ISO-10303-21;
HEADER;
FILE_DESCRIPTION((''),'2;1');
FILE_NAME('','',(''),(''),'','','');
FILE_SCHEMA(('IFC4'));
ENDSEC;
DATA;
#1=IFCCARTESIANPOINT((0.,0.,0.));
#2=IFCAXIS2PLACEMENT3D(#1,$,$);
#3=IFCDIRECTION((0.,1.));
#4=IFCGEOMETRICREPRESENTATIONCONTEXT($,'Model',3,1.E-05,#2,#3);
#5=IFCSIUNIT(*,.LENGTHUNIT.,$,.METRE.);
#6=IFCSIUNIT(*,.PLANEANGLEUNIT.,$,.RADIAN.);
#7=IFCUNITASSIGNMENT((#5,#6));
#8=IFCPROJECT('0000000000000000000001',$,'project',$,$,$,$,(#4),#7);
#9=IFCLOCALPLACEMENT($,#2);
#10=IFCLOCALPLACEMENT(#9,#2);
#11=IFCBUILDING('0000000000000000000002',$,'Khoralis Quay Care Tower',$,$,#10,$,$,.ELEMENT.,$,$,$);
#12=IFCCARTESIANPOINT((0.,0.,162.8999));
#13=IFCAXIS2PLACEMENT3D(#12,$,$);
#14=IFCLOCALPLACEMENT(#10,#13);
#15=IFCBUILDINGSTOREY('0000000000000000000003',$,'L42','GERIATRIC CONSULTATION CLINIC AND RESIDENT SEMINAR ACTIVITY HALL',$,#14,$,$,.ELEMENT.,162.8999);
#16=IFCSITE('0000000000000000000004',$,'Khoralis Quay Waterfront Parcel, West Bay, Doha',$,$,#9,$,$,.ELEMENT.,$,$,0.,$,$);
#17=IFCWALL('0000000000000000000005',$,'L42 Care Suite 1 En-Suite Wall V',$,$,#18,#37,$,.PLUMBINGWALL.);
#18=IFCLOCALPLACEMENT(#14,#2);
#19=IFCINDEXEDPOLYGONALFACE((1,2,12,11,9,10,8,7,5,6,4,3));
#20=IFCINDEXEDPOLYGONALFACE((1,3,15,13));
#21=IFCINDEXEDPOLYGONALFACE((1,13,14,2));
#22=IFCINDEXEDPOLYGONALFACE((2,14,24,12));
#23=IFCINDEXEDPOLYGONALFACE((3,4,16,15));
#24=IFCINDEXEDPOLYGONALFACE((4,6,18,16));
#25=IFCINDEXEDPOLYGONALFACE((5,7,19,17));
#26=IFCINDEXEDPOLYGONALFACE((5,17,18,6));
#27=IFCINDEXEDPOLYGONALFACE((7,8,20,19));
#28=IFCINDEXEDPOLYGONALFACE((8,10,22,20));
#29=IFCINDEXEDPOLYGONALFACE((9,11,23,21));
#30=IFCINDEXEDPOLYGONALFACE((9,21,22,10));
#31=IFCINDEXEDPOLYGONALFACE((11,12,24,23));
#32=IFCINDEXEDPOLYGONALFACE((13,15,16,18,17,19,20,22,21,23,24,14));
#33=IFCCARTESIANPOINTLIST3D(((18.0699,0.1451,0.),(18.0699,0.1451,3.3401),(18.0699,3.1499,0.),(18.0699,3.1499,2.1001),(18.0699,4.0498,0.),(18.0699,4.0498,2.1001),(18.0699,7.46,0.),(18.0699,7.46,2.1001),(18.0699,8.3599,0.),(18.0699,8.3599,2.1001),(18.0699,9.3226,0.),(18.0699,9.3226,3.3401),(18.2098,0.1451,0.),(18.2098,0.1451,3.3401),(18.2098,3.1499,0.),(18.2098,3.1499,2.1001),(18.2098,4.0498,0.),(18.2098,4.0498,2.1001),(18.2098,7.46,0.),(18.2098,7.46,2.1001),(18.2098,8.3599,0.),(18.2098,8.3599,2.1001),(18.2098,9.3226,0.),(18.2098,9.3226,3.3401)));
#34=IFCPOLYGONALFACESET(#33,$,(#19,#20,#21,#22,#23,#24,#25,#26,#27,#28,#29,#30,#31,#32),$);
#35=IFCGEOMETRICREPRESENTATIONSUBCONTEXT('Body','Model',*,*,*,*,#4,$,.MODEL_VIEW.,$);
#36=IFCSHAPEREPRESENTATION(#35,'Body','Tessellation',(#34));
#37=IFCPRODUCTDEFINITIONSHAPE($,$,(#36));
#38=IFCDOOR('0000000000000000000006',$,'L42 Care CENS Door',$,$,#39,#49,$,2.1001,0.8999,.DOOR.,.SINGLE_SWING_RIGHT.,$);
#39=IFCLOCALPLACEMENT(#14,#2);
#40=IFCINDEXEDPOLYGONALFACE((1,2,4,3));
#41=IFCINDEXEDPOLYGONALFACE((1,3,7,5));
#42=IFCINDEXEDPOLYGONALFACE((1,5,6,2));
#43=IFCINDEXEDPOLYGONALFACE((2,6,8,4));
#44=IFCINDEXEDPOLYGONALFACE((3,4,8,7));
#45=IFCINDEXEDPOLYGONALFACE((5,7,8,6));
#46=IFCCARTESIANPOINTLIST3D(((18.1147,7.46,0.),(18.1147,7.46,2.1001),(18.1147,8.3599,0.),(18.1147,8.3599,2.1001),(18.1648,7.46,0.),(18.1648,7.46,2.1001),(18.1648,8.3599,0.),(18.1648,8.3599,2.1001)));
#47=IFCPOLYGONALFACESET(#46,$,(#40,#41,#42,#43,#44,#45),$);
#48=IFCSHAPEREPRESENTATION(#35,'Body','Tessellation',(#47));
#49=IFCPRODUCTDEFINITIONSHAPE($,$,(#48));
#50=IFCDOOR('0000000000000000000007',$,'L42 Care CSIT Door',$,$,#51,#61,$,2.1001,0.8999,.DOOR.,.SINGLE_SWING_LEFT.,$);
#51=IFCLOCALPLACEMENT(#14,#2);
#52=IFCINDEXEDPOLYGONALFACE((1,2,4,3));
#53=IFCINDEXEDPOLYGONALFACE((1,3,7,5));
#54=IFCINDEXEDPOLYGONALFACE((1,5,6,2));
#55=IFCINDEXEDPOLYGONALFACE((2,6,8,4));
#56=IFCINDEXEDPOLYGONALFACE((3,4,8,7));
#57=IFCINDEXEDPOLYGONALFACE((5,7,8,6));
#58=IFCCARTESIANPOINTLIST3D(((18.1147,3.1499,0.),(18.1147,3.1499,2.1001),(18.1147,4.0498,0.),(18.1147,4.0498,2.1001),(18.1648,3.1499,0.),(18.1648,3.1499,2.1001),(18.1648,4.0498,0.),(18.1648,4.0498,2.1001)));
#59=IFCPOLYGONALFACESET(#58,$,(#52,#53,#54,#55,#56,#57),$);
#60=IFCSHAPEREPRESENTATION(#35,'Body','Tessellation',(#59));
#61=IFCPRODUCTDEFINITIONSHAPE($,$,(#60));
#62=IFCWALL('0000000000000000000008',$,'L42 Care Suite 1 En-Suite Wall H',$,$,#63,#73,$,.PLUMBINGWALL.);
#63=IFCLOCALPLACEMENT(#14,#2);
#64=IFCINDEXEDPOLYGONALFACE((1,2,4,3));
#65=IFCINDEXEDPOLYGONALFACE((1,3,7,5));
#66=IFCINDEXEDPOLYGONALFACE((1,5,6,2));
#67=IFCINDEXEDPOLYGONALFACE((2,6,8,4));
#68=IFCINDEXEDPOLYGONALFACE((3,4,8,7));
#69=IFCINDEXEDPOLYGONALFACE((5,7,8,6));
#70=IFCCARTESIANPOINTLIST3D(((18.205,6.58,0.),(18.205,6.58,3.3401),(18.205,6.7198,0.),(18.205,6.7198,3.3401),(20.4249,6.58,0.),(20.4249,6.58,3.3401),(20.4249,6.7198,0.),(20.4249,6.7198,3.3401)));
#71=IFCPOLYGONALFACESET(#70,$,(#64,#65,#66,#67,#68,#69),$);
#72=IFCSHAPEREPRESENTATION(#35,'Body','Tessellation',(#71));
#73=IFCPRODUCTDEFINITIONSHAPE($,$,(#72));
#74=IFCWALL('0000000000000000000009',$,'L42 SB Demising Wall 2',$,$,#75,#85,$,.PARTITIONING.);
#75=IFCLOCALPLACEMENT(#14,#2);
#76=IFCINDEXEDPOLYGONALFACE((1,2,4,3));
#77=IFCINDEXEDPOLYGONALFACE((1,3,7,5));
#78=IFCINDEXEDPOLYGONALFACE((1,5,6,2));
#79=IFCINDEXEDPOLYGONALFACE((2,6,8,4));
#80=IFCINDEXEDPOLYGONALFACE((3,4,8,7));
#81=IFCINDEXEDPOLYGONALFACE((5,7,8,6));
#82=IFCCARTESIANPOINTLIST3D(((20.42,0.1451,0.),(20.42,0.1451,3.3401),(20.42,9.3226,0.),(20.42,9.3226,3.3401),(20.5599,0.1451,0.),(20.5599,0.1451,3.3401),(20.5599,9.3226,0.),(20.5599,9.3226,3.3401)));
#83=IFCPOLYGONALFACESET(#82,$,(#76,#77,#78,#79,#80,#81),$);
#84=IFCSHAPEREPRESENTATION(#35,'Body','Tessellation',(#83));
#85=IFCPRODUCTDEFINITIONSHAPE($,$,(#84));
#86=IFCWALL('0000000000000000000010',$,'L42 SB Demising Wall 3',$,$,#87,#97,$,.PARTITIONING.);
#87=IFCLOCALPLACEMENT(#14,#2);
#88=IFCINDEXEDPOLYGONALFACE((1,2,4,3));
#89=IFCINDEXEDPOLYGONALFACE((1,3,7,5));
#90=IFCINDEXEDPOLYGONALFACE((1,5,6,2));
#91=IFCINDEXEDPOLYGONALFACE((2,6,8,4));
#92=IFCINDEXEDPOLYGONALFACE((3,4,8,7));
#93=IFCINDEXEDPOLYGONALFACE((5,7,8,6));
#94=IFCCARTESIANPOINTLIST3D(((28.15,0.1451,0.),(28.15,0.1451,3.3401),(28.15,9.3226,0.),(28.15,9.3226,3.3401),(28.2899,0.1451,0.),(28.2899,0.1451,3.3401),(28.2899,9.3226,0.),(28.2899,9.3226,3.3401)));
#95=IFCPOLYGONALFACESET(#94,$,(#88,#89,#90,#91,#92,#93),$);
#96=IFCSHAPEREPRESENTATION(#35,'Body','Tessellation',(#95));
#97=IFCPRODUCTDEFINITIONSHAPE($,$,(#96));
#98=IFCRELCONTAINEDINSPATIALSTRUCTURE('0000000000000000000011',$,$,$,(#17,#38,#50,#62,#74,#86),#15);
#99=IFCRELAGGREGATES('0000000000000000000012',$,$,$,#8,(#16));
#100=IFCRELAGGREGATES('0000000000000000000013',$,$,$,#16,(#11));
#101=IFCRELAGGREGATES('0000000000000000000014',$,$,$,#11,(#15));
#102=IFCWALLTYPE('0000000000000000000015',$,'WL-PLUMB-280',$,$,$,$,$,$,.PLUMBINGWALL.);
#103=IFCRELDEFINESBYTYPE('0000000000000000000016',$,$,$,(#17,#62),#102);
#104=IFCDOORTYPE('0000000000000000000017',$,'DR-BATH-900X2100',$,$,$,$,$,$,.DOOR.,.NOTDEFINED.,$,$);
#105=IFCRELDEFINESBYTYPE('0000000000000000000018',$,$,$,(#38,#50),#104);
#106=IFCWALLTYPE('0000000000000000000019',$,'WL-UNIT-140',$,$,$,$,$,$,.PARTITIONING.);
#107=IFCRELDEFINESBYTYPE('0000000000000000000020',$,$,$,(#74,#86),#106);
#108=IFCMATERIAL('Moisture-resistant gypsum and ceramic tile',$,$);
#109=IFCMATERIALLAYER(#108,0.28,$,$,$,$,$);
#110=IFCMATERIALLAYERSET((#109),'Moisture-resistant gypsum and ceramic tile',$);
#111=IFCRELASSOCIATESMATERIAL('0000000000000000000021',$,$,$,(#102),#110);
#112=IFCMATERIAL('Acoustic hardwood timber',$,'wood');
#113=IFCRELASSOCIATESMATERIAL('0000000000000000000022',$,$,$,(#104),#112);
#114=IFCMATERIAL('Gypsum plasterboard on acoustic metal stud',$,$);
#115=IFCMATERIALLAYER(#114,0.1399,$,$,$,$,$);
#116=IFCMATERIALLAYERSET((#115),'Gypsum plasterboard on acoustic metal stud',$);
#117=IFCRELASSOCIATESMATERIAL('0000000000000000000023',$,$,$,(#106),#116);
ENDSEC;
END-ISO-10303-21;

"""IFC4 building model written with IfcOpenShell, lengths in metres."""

from ifc_helpers import new_model, si_unit, direction, frame, frame_2d, origin, place, context, subcontext, project, spatial, rectangle, extrude, source, transform, mapped, material, layer, layer_set, type_object, element, fill, save


model = new_model("IFC4")

# Units and contexts
model_context = context("Model", 3, precision=1e-05, world=origin(), true_north=direction((0.0, 1.0)))
body_context = subcontext(model_context, "Body", "Model", "MODEL_VIEW")
ifc_project = project(units=[si_unit("LENGTHUNIT", "METRE"), si_unit("PLANEANGLEUNIT", "RADIAN")], contexts=[model_context])

# Site, building, storey
site_placement = place(None, origin())
site = spatial("IfcSite", under=ifc_project, at=site_placement, Name="Khoralis Quay Waterfront Parcel, West Bay, Doha", CompositionType="ELEMENT", RefElevation=0.0)
building_placement = place(site_placement, origin())
building = spatial("IfcBuilding", under=site, at=building_placement, Name="Khoralis Quay Care Tower", CompositionType="ELEMENT")
storey_placement = place(building_placement, frame((0.0, 0.0, 162.8999)))
storey = spatial("IfcBuildingStorey", under=building, at=storey_placement, Name="L42", Description="GERIATRIC CONSULTATION CLINIC AND RESIDENT SEMINAR ACTIVITY HALL", CompositionType="ELEMENT", Elevation=162.8999)

# Wall, openings, doors
ifc_material_1 = material(Name="Moisture-resistant gypsum and ceramic tile")
ifc_layer_1 = layer(ifc_material_1, 0.28)
ifc_layer_set_1 = layer_set([ifc_layer_1], Name="Moisture-resistant gypsum and ceramic tile")
wall_type_1 = type_object("IfcWallType", Name="WL-PLUMB-280", PredefinedType="PLUMBINGWALL", material=ifc_layer_set_1)
wall_1_placement = place(storey_placement, frame((18.1399, 0.145, 0.0), z_axis=(0.0, 0.0, 1.0), x_axis=(0.0, 1.0, 0.0)))
wall_1 = element("IfcWall", 1, at=wall_1_placement, inside=storey, type_object=wall_type_1, Name="L42 Care Suite 1 En-Suite Wall V", PredefinedType="PLUMBINGWALL", context=body_context, shape_type="SweptSolid", body=[
    extrude(rectangle(XDim=9.1775, YDim=0.1399, at=frame_2d((4.5889, 0.0))), origin(), (0.0, 0.0, 1.0), 3.3401),
])
opening_1_placement = place(wall_1_placement, frame((7.3149, 0.0, 0.0)))
opening_1 = element("IfcOpeningElement", 2, at=opening_1_placement, cuts=wall_1, PredefinedType="OPENING", context=body_context, shape_type="SweptSolid", body=[
    extrude(rectangle(XDim=0.8999, YDim=2.1001, at=frame_2d((0.45, 1.05))), frame((0.0, 0.0801, 0.0), z_axis=(0.0, -1.0, 0.0), x_axis=(1.0, 0.0, 0.0)), (0.0, 0.0, 1.0), 0.1599),
])
opening_2_placement = place(wall_1_placement, frame((3.0049, 0.0, 0.0)))
opening_2 = element("IfcOpeningElement", 3, at=opening_2_placement, cuts=wall_1, PredefinedType="OPENING", context=body_context, shape_type="SweptSolid", body=[
    extrude(rectangle(XDim=0.8999, YDim=2.1001, at=frame_2d((0.45, 1.05))), frame((0.0, 0.0801, 0.0), z_axis=(0.0, -1.0, 0.0), x_axis=(1.0, 0.0, 0.0)), (0.0, 0.0, 1.0), 0.1599),
])
ifc_material_2 = material(Name="Acoustic hardwood timber", Category="wood")
door_type = type_object("IfcDoorType", Name="DR-BATH-900X2100", OperationType="NOTDEFINED", PredefinedType="DOOR", material=ifc_material_2)
shared_shape_1 = source(origin(), body_context, "Body", "SweptSolid", [
    extrude(rectangle(XDim=0.8999, YDim=2.1001, at=frame_2d((0.45, 1.05))), frame((0.0, 0.0249, 0.0), z_axis=(0.0, -1.0, 0.0), x_axis=(1.0, 0.0, 0.0)), (0.0, 0.0, 1.0), 0.05),
])
door_1_placement = place(opening_1_placement, frame((0.8999, 0.0, 0.0), z_axis=(0.0, 0.0, 1.0), x_axis=(-1.0, 0.0, 0.0)))
door_1 = element("IfcDoor", 4, at=door_1_placement, inside=storey, type_object=door_type, Name="L42 Care CENS Door", OperationType="SINGLE_SWING_RIGHT", OverallHeight=2.1001, OverallWidth=0.8999, PredefinedType="DOOR", context=body_context, shape_type="MappedRepresentation", body=[
    mapped(shared_shape_1, transform((0.0, 0.0, 0.0), scale=1.0)),
])
fill(opening_1, door_1)
door_2_placement = place(opening_2_placement, frame((0.8999, 0.0, 0.0), z_axis=(0.0, 0.0, 1.0), x_axis=(-1.0, 0.0, 0.0)))
door_2 = element("IfcDoor", 5, at=door_2_placement, inside=storey, type_object=door_type, Name="L42 Care CSIT Door", OperationType="SINGLE_SWING_LEFT", OverallHeight=2.1001, OverallWidth=0.8999, PredefinedType="DOOR", context=body_context, shape_type="MappedRepresentation", body=[
    mapped(shared_shape_1, transform((0.0, 0.0, 0.0), scale=1.0)),
])
fill(opening_2, door_2)

# Walls
wall_2_placement = place(storey_placement, frame((18.2051, 6.6499, 0.0), z_axis=(0.0, 0.0, 1.0), x_axis=(1.0, 0.0, 0.0)))
element("IfcWall", 6, at=wall_2_placement, inside=storey, type_object=wall_type_1, Name="L42 Care Suite 1 En-Suite Wall H", PredefinedType="PLUMBINGWALL", context=body_context, shape_type="SweptSolid", body=[
    extrude(rectangle(XDim=2.22, YDim=0.1399, at=frame_2d((1.1099, 0.0))), origin(), (0.0, 0.0, 1.0), 3.3401),
])
ifc_material_3 = material(Name="Gypsum plasterboard on acoustic metal stud")
ifc_layer_2 = layer(ifc_material_3, 0.1399)
ifc_layer_set_2 = layer_set([ifc_layer_2], Name="Gypsum plasterboard on acoustic metal stud")
wall_type_2 = type_object("IfcWallType", Name="WL-UNIT-140", PredefinedType="PARTITIONING", material=ifc_layer_set_2)
for number, where, z_axis, x_axis, name in (
    (7, (20.49, 0.145, 0.0), (0.0, 0.0, 1.0), (0.0, 1.0, 0.0), "L42 SB Demising Wall 2"),
    (8, (28.22, 0.145, 0.0), (0.0, 0.0, 1.0), (0.0, 1.0, 0.0), "L42 SB Demising Wall 3"),
):
    element("IfcWall", number, at=place(storey_placement, frame(where, z_axis=z_axis, x_axis=x_axis)), inside=storey, type_object=wall_type_2, Name=name, PredefinedType="PARTITIONING", context=body_context, shape_type="SweptSolid", body=[
        extrude(rectangle(XDim=9.1775, YDim=0.1399, at=frame_2d((4.5889, 0.0))), origin(), (0.0, 0.0, 1.0), 3.3401),
    ])

save(model, "model.ifc")
